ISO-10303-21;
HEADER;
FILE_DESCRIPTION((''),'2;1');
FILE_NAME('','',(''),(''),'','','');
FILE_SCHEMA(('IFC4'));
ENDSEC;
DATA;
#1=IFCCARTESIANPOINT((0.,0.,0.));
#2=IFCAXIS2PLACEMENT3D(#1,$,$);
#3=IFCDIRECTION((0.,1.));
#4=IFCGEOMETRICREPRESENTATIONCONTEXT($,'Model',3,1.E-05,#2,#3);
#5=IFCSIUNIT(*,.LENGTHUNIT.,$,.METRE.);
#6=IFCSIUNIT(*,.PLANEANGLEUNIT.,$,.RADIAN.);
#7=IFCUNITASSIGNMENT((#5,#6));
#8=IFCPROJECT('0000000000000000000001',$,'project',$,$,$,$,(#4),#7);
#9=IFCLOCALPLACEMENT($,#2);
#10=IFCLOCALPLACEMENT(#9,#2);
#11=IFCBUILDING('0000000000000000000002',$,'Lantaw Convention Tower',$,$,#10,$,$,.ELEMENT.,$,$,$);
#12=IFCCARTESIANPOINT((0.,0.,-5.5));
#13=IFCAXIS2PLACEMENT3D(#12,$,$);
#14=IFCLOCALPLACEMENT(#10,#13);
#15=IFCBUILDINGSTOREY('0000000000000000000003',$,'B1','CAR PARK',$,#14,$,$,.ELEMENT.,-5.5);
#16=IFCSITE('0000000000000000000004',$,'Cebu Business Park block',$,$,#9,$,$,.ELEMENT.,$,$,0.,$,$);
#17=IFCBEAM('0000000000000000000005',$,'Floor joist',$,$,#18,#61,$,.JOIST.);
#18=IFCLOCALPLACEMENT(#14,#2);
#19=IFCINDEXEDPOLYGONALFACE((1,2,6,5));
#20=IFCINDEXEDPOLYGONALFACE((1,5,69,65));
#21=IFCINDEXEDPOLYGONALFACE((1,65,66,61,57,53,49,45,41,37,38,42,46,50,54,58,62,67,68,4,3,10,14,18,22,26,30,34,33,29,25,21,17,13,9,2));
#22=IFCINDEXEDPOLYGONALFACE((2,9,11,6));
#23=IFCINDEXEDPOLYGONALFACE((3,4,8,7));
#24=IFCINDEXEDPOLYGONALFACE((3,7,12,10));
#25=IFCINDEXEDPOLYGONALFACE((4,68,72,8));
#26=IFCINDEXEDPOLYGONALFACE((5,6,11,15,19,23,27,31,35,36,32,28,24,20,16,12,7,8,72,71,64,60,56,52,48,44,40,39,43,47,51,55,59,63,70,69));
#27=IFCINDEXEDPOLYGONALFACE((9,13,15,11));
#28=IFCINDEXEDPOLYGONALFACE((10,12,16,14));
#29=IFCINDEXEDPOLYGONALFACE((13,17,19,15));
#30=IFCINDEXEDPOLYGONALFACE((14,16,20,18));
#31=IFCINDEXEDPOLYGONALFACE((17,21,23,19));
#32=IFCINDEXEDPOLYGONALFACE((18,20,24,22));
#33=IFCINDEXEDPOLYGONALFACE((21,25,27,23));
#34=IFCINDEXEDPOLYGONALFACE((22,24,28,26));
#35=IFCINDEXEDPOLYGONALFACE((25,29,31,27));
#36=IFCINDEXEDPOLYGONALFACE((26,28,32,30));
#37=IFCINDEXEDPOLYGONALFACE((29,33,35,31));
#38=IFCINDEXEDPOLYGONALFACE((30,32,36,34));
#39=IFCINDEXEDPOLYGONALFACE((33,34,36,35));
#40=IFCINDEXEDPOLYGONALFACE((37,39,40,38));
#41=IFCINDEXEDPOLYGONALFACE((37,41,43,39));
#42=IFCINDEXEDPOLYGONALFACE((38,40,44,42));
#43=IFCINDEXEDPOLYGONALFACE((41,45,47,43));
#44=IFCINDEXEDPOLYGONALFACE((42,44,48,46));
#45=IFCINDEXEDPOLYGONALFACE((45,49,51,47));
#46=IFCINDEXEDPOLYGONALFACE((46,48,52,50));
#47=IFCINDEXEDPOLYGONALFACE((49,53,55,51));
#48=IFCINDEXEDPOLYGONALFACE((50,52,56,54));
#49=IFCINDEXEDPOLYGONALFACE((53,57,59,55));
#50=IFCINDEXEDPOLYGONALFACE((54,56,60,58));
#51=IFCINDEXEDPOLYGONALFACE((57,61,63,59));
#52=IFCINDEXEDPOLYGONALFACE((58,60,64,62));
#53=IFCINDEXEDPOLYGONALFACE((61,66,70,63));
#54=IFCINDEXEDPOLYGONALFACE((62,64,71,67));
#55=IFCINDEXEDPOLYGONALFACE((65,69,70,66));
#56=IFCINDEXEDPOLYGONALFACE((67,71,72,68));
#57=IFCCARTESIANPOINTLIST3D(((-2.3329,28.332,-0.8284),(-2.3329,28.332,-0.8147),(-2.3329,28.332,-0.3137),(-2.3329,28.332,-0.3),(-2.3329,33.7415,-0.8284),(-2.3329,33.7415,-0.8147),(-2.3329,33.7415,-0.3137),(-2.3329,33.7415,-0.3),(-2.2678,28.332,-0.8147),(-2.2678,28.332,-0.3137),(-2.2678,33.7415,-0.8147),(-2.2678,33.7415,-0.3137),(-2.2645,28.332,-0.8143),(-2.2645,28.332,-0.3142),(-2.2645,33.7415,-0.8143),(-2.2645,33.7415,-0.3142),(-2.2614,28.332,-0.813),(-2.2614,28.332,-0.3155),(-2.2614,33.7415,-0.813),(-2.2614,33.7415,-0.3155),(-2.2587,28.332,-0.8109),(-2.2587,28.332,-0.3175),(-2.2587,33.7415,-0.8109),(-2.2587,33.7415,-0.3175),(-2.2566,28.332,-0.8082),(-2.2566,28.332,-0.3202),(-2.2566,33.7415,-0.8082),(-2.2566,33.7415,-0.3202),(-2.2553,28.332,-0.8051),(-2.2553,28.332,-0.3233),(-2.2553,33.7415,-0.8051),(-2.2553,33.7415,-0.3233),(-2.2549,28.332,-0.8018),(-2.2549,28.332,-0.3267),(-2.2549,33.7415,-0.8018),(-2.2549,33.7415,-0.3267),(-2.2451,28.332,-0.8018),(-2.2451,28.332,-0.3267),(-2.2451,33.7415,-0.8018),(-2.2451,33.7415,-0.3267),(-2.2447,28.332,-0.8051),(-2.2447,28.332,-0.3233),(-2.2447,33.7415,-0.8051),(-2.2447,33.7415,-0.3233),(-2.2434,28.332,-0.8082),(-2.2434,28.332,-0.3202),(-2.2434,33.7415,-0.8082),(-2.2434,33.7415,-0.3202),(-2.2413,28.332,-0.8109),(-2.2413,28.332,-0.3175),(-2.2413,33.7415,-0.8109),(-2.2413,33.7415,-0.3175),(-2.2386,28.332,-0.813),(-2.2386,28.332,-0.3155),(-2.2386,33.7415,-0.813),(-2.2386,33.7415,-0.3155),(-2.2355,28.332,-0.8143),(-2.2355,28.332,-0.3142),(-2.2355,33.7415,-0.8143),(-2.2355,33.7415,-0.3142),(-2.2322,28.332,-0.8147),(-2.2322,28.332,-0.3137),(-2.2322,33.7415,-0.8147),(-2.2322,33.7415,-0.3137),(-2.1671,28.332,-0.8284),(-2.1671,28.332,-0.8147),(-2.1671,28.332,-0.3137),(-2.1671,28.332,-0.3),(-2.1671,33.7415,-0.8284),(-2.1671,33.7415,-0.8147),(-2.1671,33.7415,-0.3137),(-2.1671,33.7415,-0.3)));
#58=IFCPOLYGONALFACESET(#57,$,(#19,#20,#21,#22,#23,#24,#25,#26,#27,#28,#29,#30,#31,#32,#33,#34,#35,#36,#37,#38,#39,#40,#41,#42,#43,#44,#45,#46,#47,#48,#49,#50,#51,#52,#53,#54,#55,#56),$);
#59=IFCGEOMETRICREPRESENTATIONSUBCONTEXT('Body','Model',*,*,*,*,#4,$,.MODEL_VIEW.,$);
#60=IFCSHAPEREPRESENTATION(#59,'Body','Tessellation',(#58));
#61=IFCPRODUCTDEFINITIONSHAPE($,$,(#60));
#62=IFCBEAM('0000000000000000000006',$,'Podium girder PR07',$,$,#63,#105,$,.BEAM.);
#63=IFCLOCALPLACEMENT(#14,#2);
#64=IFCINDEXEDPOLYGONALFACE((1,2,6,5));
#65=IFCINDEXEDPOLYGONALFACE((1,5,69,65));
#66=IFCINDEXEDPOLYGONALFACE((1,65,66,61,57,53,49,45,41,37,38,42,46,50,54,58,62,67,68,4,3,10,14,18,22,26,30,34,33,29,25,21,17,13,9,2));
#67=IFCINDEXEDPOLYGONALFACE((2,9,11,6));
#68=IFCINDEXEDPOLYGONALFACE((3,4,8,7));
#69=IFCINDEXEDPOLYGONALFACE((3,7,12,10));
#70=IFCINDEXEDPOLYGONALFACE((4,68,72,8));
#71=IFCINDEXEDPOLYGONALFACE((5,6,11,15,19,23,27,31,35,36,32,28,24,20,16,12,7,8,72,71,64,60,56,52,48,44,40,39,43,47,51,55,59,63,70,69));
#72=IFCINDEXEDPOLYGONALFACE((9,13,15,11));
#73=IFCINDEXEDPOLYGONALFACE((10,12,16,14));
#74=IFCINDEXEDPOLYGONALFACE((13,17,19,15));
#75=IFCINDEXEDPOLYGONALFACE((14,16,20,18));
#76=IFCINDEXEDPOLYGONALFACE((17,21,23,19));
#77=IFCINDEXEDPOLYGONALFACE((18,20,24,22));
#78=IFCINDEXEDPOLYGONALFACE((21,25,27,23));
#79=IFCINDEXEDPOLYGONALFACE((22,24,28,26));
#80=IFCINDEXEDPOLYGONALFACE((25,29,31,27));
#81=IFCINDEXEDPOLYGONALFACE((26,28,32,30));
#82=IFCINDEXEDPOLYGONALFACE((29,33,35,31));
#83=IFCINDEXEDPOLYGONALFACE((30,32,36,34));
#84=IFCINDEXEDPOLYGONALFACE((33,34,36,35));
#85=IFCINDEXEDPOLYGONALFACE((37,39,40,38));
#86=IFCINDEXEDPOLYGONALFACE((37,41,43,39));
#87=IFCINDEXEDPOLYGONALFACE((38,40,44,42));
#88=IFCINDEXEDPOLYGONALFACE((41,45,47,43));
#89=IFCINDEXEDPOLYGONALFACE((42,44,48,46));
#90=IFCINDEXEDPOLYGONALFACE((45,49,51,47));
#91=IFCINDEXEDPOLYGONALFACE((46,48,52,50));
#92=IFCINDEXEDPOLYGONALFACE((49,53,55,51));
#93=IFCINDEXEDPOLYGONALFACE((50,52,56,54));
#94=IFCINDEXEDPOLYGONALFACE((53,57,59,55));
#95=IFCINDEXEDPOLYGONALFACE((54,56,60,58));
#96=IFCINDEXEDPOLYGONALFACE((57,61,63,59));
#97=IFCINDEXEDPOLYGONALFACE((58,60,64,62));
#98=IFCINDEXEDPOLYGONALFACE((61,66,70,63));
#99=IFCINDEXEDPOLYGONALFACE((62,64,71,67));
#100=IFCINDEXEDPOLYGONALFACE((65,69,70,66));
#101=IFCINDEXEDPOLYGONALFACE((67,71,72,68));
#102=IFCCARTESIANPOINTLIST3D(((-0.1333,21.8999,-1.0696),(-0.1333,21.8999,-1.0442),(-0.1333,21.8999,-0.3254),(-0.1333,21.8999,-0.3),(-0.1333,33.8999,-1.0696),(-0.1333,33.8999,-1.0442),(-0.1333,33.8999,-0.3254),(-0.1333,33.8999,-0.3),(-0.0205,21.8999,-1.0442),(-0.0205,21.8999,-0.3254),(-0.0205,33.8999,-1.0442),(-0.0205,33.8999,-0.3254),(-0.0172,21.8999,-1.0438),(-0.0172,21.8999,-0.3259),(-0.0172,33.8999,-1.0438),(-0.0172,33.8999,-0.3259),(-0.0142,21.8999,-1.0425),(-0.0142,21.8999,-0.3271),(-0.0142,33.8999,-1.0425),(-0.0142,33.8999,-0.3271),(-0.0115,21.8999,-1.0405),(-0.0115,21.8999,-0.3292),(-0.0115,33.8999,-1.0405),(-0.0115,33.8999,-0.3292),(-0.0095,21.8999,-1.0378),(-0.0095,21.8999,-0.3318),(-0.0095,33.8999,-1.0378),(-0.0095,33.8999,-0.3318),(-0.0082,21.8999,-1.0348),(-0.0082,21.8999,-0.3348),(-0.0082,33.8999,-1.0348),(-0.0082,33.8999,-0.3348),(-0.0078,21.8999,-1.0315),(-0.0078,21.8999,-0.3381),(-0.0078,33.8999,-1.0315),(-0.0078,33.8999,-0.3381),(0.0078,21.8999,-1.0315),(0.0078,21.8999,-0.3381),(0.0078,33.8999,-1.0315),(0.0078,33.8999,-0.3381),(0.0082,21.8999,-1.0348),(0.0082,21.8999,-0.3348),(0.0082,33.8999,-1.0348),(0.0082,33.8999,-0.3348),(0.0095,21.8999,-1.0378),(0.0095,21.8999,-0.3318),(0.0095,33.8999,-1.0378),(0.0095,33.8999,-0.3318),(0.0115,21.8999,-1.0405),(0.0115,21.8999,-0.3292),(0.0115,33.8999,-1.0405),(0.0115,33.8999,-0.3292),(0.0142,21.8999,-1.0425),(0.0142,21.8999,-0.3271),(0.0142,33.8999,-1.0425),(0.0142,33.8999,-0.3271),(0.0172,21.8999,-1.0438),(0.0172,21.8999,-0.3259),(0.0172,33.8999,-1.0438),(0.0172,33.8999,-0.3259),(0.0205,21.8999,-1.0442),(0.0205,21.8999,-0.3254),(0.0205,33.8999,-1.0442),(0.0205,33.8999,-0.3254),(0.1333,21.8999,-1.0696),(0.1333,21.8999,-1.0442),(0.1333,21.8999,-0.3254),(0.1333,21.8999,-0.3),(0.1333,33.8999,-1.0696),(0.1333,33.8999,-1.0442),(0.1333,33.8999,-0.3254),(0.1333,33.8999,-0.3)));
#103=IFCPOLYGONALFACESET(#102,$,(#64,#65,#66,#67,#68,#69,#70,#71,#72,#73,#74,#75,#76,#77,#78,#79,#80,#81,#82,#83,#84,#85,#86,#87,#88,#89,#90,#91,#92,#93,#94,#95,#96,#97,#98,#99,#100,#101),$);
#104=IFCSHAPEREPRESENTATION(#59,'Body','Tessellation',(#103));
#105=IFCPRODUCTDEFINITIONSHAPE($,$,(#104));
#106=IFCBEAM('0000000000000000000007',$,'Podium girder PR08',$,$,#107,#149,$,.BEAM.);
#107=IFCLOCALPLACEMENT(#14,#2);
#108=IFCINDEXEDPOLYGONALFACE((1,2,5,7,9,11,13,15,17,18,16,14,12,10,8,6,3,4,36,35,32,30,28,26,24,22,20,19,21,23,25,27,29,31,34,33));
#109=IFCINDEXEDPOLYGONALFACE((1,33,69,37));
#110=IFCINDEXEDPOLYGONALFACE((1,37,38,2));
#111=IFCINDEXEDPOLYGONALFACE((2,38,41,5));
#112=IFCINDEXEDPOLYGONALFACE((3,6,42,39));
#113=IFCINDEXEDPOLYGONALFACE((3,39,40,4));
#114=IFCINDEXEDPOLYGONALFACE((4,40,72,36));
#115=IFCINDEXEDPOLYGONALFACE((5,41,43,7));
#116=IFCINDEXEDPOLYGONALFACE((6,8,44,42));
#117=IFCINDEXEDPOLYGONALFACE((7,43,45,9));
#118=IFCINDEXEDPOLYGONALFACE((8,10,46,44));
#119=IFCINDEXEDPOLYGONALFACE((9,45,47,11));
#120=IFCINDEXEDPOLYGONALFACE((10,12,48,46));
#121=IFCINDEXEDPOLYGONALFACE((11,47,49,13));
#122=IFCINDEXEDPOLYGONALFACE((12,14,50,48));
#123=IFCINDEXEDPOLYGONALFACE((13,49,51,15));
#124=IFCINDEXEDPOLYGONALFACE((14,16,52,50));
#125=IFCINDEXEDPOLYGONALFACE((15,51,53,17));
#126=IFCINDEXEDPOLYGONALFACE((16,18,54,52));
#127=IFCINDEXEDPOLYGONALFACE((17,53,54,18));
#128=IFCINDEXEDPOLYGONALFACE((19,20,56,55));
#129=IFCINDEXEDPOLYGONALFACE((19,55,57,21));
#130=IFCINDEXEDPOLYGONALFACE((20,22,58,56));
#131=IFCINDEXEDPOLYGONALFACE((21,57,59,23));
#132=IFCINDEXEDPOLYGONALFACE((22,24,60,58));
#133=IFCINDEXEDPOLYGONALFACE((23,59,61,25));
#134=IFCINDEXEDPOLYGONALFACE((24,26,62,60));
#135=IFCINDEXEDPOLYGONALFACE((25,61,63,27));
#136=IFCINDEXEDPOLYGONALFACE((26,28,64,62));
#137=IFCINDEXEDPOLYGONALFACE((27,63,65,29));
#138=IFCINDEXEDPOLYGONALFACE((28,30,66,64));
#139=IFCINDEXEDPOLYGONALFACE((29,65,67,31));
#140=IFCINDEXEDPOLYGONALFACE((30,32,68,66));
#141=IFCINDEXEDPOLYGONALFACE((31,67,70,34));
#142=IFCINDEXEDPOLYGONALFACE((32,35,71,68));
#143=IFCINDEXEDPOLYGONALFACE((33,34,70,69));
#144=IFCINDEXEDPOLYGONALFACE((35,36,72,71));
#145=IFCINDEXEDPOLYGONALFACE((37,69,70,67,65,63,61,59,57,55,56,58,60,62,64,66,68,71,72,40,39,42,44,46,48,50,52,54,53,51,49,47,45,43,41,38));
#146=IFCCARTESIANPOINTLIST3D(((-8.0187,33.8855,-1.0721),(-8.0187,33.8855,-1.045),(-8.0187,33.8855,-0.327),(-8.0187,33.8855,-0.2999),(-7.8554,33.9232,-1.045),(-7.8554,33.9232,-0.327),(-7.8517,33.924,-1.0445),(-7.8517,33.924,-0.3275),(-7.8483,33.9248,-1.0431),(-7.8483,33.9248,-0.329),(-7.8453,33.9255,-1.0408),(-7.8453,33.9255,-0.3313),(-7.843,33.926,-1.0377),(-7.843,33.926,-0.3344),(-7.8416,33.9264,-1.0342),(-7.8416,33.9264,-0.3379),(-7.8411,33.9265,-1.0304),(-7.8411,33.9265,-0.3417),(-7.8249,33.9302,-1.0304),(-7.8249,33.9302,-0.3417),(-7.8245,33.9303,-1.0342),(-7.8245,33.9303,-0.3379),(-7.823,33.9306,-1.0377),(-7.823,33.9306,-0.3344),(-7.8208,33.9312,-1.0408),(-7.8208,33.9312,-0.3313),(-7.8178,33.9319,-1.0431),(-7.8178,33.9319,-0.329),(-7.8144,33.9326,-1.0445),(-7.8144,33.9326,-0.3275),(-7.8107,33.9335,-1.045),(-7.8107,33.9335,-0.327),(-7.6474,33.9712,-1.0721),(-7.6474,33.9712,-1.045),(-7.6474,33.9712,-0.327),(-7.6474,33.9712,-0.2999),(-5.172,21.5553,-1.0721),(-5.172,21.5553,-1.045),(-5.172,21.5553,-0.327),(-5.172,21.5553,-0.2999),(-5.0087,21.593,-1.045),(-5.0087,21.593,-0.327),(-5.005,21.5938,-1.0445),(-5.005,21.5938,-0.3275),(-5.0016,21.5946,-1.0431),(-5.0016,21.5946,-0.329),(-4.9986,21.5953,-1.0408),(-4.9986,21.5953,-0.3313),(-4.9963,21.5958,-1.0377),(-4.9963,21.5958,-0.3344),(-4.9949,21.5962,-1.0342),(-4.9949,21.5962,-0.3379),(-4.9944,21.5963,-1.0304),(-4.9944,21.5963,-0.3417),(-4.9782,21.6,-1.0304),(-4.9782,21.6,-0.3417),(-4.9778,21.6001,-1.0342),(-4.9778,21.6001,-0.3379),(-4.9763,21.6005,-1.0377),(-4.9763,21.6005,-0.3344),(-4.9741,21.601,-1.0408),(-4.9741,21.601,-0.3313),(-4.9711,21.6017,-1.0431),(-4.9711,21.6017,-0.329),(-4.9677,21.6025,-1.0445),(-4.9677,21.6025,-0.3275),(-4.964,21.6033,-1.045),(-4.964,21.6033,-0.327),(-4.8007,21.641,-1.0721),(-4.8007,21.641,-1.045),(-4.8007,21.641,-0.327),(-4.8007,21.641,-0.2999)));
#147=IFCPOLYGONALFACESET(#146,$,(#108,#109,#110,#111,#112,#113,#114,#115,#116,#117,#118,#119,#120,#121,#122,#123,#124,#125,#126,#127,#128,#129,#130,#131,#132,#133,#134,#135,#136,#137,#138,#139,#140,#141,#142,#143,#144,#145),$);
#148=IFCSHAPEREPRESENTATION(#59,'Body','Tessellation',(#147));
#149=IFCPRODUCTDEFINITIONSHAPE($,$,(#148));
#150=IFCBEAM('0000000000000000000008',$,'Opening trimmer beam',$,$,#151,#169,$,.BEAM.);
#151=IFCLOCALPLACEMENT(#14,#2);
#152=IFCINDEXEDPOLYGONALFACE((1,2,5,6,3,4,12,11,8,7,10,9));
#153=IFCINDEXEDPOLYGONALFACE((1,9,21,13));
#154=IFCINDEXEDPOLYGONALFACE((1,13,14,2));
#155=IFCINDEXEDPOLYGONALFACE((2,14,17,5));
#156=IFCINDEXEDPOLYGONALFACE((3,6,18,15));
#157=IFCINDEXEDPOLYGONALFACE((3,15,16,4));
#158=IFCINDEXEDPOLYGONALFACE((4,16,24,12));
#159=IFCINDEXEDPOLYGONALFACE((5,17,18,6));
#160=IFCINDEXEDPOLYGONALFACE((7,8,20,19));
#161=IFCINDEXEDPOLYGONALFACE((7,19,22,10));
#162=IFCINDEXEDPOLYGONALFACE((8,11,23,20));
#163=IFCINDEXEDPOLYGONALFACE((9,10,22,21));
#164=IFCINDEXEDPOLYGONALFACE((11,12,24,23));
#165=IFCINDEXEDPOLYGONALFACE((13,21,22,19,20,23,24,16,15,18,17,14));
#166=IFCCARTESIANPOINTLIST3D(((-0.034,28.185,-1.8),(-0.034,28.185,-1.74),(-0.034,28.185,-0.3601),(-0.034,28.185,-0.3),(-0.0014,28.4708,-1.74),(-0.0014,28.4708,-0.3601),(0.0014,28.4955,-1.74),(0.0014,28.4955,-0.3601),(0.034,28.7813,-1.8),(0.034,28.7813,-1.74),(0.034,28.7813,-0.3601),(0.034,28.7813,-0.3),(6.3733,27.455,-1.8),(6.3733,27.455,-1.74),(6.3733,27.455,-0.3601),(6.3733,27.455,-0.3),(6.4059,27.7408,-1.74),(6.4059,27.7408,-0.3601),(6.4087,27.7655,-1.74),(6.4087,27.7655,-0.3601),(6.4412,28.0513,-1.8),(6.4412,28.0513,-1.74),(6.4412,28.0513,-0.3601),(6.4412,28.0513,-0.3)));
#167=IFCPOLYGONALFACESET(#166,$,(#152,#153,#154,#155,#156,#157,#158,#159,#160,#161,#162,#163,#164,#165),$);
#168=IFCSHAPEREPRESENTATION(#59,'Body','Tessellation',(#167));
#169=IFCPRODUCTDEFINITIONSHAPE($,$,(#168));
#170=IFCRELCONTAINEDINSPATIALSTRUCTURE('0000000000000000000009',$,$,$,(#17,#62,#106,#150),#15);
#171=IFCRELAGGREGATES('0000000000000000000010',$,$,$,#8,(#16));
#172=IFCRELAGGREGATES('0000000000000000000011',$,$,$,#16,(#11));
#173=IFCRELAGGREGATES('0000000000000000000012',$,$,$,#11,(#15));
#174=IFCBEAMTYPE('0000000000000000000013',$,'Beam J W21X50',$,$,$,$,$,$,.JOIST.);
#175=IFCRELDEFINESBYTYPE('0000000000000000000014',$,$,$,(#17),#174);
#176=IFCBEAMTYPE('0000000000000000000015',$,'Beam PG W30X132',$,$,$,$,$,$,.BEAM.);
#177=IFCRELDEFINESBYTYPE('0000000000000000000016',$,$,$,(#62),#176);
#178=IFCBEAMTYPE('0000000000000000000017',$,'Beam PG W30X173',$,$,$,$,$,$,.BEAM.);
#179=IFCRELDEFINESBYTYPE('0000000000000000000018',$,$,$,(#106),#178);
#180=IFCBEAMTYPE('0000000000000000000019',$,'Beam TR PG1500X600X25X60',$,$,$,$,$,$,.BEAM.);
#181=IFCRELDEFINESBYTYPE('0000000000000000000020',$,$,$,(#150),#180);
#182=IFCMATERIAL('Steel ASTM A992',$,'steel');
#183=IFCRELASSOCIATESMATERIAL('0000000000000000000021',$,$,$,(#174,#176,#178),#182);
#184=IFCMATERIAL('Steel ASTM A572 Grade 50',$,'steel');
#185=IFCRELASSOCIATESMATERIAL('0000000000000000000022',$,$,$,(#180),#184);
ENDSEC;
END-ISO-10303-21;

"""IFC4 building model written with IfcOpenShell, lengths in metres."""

from ifc_helpers import new_model, si_unit, direction, frame, origin, origin_2d, place, context, subcontext, project, spatial, i_section, extrude, material, material_profile, profile_set, type_object, element, save


model = new_model("IFC4")

# Units and contexts
model_context = context("Model", 3, precision=1e-05, world=origin(), true_north=direction((0.0, 1.0)))
body_context = subcontext(model_context, "Body", "Model", "MODEL_VIEW")
ifc_project = project(units=[si_unit("LENGTHUNIT", "METRE"), si_unit("PLANEANGLEUNIT", "RADIAN")], contexts=[model_context])

# Site, building, storey
site_placement = place(None, origin())
site = spatial("IfcSite", under=ifc_project, at=site_placement, Name="Cebu Business Park block", CompositionType="ELEMENT", RefElevation=0.0)
building_placement = place(site_placement, origin())
building = spatial("IfcBuilding", under=site, at=building_placement, Name="Lantaw Convention Tower", CompositionType="ELEMENT")
storey_placement = place(building_placement, frame((0.0, 0.0, -5.5)))
storey = spatial("IfcBuildingStorey", under=building, at=storey_placement, Name="B1", Description="CAR PARK", CompositionType="ELEMENT", Elevation=-5.5)

# Shared definitions
ifc_material_1 = material(Name="Steel ASTM A572 Grade 50", Category="steel")

# Beams
ifc_material_2 = material(Name="Steel ASTM A992", Category="steel")
ifc_material_profile_1 = material_profile(ifc_material_2, i_section(OverallWidth=0.1658, OverallDepth=0.5283, WebThickness=0.0098, FlangeThickness=0.0137, FilletRadius=0.0129, at=origin_2d()), Name="W21X50")
ifc_profile_set_1 = profile_set([ifc_material_profile_1], Name="Steel ASTM A992")
beam_type_1 = type_object("IfcBeamType", Name="Beam J W21X50", PredefinedType="JOIST", material=ifc_profile_set_1)
beam_1_placement = place(storey_placement, frame((-2.25, 28.332, -0.5642), z_axis=(0.0, 1.0, 0.0), x_axis=(-1.0, 0.0, 0.0)))
element("IfcBeam", 1, at=beam_1_placement, inside=storey, type_object=beam_type_1, Name="Floor joist", PredefinedType="JOIST", context=body_context, shape_type="SweptSolid", body=[
    extrude(i_section(OverallWidth=0.1658, OverallDepth=0.5283, WebThickness=0.0098, FlangeThickness=0.0137, FilletRadius=0.0129, at=origin_2d()), origin(), (0.0, 0.0, 1.0), 5.4094),
])
ifc_material_profile_2 = material_profile(ifc_material_2, i_section(OverallWidth=0.2666, OverallDepth=0.7695, WebThickness=0.0156, FlangeThickness=0.0254, FilletRadius=0.0127, at=origin_2d()), Name="W30X132")
ifc_profile_set_2 = profile_set([ifc_material_profile_2], Name="Steel ASTM A992")
beam_type_2 = type_object("IfcBeamType", Name="Beam PG W30X132", PredefinedType="BEAM", material=ifc_profile_set_2)
beam_2_placement = place(storey_placement, frame((0.0, 21.8999, -0.6848), z_axis=(0.0, 1.0, 0.0), x_axis=(-1.0, 0.0, 0.0)))
element("IfcBeam", 2, at=beam_2_placement, inside=storey, type_object=beam_type_2, Name="Podium girder PR07", PredefinedType="BEAM", context=body_context, shape_type="SweptSolid", body=[
    extrude(i_section(OverallWidth=0.2666, OverallDepth=0.7695, WebThickness=0.0156, FlangeThickness=0.0254, FilletRadius=0.0127, at=origin_2d()), origin(), (0.0, 0.0, 1.0), 12.0),
])
ifc_material_profile_3 = material_profile(ifc_material_2, i_section(OverallWidth=0.3811, OverallDepth=0.7722, WebThickness=0.0166, FlangeThickness=0.0271, FilletRadius=0.0146, at=origin_2d()), Name="W30X173")
ifc_profile_set_3 = profile_set([ifc_material_profile_3], Name="Steel ASTM A992")
beam_type_3 = type_object("IfcBeamType", Name="Beam PG W30X173", PredefinedType="BEAM", material=ifc_profile_set_3)
beam_3_placement = place(storey_placement, frame((-4.9863, 21.5981, -0.686), z_axis=(-0.224955, 0.974369, 0.0), x_axis=(-0.974369, -0.224955, 0.0)))
element("IfcBeam", 3, at=beam_3_placement, inside=storey, type_object=beam_type_3, Name="Podium girder PR08", PredefinedType="BEAM", context=body_context, shape_type="SweptSolid", body=[
    extrude(i_section(OverallWidth=0.3811, OverallDepth=0.7722, WebThickness=0.0166, FlangeThickness=0.0271, FilletRadius=0.0146, at=origin_2d()), origin(), (0.0, 0.0, 1.0), 12.6545),
])
ifc_material_profile_4 = material_profile(ifc_material_1, i_section(OverallWidth=0.6001, OverallDepth=1.5, WebThickness=0.0249, FlangeThickness=0.0601, at=origin_2d()), Name="PG1500X600X25X60")
ifc_profile_set_4 = profile_set([ifc_material_profile_4], Name="Steel ASTM A572 Grade 50")
beam_type_4 = type_object("IfcBeamType", Name="Beam TR PG1500X600X25X60", PredefinedType="BEAM", material=ifc_profile_set_4)
beam_4_placement = place(storey_placement, frame((0.0, 28.4832, -1.05), z_axis=(0.993572, -0.113199, 0.0), x_axis=(0.113199, 0.993572, 0.0)))
element("IfcBeam", 4, at=beam_4_placement, inside=storey, type_object=beam_type_4, Name="Opening trimmer beam", PredefinedType="BEAM", context=body_context, shape_type="SweptSolid", body=[
    extrude(i_section(OverallWidth=0.6001, OverallDepth=1.5, WebThickness=0.0249, FlangeThickness=0.0601, at=origin_2d()), origin(), (0.0, 0.0, 1.0), 6.4487),
])

save(model, "model.ifc")
